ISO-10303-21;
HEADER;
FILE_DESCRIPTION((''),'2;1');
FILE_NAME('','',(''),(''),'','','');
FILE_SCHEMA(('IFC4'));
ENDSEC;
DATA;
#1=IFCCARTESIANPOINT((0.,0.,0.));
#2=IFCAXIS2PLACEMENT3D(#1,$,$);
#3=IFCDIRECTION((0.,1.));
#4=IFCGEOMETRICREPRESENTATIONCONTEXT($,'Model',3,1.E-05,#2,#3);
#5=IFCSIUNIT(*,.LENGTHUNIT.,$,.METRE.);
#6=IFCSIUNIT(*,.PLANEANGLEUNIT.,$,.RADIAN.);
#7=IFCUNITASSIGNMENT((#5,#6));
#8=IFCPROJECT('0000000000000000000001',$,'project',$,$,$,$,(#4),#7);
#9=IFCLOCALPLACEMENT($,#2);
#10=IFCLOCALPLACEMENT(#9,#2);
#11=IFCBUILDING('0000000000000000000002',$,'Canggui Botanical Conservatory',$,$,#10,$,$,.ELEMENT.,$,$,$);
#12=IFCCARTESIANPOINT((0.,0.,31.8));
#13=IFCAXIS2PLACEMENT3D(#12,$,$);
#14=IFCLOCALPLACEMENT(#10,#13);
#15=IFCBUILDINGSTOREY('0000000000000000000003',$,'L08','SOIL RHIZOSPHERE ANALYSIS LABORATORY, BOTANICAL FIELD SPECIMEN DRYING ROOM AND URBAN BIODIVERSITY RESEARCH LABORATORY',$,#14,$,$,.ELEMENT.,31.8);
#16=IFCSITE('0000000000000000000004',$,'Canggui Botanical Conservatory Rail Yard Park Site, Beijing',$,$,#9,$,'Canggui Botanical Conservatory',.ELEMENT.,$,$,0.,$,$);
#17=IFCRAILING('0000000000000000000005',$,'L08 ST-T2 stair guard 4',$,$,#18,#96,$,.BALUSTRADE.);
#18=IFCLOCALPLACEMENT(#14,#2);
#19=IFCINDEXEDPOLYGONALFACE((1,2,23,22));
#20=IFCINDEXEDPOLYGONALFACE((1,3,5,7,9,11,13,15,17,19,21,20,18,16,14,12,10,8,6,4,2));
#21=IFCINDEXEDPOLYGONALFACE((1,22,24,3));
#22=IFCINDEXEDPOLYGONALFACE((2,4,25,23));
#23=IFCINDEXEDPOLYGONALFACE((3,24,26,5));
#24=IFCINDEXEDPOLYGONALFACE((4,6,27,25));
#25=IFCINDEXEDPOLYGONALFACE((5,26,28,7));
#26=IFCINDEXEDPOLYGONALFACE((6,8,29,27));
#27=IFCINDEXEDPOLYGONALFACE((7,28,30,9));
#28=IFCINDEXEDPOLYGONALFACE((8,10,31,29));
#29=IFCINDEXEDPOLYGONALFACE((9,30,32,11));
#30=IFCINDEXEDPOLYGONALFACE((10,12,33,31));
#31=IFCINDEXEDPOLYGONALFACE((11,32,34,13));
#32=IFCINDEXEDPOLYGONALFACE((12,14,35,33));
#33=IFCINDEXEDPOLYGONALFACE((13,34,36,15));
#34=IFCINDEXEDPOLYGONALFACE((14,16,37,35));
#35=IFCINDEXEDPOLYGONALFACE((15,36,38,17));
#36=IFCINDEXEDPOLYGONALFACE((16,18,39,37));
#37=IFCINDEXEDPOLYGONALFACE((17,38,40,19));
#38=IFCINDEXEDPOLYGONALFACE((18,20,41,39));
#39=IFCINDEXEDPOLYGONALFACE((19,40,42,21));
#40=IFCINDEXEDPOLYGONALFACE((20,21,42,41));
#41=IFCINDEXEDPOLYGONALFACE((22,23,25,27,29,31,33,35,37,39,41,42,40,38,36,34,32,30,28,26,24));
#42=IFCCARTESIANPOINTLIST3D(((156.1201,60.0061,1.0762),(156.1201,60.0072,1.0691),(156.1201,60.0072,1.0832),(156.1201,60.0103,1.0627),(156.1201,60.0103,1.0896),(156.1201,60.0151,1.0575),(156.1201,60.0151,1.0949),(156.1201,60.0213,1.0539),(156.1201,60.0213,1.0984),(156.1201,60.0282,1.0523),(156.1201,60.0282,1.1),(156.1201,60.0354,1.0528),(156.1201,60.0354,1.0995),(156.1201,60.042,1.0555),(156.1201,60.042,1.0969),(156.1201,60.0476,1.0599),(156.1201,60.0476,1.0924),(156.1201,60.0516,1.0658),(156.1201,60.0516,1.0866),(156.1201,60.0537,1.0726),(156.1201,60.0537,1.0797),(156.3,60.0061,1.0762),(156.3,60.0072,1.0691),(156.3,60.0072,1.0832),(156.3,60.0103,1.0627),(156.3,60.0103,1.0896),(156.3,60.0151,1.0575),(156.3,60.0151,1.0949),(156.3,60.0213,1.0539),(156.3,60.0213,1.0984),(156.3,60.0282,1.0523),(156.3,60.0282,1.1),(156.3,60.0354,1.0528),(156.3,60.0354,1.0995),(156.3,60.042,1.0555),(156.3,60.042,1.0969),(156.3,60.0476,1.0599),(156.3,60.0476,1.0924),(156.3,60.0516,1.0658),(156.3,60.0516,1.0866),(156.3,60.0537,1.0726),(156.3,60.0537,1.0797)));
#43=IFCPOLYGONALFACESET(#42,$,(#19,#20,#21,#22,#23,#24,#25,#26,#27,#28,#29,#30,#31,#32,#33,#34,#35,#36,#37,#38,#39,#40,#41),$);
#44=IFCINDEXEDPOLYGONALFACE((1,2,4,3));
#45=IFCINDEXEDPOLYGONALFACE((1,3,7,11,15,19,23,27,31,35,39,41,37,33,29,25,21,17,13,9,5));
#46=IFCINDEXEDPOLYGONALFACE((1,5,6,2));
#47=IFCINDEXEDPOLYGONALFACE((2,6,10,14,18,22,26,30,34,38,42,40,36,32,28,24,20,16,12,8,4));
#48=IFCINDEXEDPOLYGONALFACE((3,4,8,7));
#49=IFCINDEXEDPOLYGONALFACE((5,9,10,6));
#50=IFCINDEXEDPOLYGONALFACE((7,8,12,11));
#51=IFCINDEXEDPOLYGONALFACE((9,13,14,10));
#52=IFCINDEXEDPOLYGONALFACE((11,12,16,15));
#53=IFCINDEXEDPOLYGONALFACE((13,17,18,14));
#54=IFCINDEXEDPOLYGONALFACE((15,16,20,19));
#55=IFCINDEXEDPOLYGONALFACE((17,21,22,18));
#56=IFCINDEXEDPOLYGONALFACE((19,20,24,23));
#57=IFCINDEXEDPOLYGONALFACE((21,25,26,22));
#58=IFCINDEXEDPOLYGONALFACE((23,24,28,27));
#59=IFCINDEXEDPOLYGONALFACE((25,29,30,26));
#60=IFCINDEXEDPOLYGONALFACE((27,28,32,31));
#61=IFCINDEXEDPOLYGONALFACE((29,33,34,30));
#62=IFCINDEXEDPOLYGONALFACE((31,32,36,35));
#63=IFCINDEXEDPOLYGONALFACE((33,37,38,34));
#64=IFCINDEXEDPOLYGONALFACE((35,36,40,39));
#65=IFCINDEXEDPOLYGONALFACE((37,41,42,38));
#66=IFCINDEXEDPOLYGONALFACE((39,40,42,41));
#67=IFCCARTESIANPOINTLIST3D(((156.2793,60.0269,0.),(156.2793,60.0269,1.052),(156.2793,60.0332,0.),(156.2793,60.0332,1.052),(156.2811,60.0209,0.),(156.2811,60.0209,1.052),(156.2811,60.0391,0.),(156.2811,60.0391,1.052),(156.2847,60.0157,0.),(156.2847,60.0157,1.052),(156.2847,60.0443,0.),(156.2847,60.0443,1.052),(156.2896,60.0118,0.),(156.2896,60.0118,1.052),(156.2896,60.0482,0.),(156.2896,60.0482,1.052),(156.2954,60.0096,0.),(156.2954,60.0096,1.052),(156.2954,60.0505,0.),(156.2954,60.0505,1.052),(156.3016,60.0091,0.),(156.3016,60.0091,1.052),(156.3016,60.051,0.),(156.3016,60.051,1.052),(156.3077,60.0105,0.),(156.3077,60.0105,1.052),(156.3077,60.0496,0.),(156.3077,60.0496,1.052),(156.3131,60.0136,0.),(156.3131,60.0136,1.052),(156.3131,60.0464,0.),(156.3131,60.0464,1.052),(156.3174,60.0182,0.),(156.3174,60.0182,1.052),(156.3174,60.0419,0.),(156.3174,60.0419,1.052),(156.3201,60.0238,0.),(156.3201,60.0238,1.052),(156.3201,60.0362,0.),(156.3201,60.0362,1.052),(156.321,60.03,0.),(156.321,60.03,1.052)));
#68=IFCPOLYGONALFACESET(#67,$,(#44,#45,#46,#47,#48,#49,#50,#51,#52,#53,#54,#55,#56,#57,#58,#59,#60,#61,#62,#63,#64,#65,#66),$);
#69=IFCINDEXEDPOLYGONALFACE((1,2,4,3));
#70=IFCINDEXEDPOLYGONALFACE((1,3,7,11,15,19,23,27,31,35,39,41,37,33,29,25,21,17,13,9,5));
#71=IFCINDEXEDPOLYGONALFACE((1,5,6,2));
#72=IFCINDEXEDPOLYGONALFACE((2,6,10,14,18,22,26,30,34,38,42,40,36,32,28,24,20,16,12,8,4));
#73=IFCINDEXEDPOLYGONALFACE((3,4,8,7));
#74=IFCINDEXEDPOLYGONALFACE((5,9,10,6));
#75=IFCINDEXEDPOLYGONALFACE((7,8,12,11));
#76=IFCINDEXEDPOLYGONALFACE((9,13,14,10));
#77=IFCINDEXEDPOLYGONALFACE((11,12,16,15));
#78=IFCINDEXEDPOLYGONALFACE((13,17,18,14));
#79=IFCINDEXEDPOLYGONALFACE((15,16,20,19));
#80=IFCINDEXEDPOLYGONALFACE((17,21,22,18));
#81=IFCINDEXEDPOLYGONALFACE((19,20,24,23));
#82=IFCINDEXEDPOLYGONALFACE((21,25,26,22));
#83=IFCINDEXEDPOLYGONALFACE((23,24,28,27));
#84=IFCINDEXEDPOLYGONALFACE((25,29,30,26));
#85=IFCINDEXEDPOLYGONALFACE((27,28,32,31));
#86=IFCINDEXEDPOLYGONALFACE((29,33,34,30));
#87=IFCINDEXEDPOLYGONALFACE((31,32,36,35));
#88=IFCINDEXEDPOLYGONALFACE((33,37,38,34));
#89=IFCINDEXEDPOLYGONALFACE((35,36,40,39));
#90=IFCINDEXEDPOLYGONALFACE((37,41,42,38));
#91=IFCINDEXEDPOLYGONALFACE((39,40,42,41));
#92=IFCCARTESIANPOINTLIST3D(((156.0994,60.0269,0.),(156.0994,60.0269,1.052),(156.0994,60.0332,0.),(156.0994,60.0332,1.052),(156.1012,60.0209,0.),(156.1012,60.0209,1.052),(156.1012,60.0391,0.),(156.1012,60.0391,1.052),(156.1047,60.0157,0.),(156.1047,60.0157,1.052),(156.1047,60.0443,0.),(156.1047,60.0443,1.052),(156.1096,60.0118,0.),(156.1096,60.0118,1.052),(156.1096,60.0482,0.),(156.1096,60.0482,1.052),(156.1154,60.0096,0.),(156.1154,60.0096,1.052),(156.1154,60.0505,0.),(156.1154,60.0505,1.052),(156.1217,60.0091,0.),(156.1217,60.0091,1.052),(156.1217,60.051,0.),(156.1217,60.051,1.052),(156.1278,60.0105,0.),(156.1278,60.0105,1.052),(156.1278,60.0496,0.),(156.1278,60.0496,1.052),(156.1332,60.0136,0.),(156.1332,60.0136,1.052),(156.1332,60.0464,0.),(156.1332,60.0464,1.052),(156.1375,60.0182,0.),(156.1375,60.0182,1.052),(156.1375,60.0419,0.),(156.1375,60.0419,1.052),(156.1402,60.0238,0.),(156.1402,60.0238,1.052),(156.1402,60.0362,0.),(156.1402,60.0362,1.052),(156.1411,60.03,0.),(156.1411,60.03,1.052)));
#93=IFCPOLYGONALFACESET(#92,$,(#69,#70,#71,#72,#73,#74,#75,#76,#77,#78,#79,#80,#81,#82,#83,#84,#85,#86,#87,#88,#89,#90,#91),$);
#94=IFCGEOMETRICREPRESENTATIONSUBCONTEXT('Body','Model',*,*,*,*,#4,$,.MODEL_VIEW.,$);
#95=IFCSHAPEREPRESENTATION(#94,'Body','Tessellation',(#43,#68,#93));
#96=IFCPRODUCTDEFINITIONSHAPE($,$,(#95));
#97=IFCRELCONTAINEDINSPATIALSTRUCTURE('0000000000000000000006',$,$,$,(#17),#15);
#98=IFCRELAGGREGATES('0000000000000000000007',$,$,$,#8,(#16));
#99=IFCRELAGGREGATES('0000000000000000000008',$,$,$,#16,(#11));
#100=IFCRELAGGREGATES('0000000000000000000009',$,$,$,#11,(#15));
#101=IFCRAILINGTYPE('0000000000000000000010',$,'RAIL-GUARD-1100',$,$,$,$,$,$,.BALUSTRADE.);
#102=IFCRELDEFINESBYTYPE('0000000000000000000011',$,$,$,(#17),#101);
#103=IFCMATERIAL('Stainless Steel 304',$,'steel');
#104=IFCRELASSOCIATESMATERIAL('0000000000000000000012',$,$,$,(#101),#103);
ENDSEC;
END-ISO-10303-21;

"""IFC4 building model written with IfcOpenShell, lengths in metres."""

from ifc_helpers import new_model, si_unit, direction, frame, origin, origin_2d, place, context, subcontext, project, spatial, circle, extrude, material, type_object, element, save


model = new_model("IFC4")

# Units and contexts
model_context = context("Model", 3, precision=1e-05, world=origin(), true_north=direction((0.0, 1.0)))
body_context = subcontext(model_context, "Body", "Model", "MODEL_VIEW")
ifc_project = project(units=[si_unit("LENGTHUNIT", "METRE"), si_unit("PLANEANGLEUNIT", "RADIAN")], contexts=[model_context])

# Site, building, storey
site_placement = place(None, origin())
site = spatial("IfcSite", under=ifc_project, at=site_placement, Name="Canggui Botanical Conservatory Rail Yard Park Site, Beijing", LongName="Canggui Botanical Conservatory", CompositionType="ELEMENT", RefElevation=0.0)
building_placement = place(site_placement, origin())
building = spatial("IfcBuilding", under=site, at=building_placement, Name="Canggui Botanical Conservatory", CompositionType="ELEMENT")
storey_placement = place(building_placement, frame((0.0, 0.0, 31.8)))
storey = spatial("IfcBuildingStorey", under=building, at=storey_placement, Name="L08", Description="SOIL RHIZOSPHERE ANALYSIS LABORATORY, BOTANICAL FIELD SPECIMEN DRYING ROOM AND URBAN BIODIVERSITY RESEARCH LABORATORY", CompositionType="ELEMENT", Elevation=31.8)

# Shared definitions
ifc_material_1 = material(Name="Stainless Steel 304", Category="steel")

# Railing
railing_type_1 = type_object("IfcRailingType", Name="RAIL-GUARD-1100", PredefinedType="BALUSTRADE", material=ifc_material_1)
railing_1_placement = place(storey_placement, frame((156.3, 60.03, 0.0)))
element("IfcRailing", 1, at=railing_1_placement, inside=storey, type_object=railing_type_1, Name="L08 ST-T2 stair guard 4", PredefinedType="BALUSTRADE", context=body_context, shape_type="SweptSolid", body=[
    extrude(circle(Radius=0.0239, at=origin_2d()), frame((0.0, 0.0, 1.0762), z_axis=(-1.0, 0.0, 0.0), x_axis=(0.0, -1.0, 0.0)), (0.0, 0.0, 1.0), 0.1799),
    extrude(circle(Radius=0.021, at=origin_2d()), origin(), (0.0, 0.0, 1.0), 1.052),
    extrude(circle(Radius=0.021, at=origin_2d()), frame((-0.1799, 0.0, 0.0)), (0.0, 0.0, 1.0), 1.052),
])

save(model, "model.ifc")
